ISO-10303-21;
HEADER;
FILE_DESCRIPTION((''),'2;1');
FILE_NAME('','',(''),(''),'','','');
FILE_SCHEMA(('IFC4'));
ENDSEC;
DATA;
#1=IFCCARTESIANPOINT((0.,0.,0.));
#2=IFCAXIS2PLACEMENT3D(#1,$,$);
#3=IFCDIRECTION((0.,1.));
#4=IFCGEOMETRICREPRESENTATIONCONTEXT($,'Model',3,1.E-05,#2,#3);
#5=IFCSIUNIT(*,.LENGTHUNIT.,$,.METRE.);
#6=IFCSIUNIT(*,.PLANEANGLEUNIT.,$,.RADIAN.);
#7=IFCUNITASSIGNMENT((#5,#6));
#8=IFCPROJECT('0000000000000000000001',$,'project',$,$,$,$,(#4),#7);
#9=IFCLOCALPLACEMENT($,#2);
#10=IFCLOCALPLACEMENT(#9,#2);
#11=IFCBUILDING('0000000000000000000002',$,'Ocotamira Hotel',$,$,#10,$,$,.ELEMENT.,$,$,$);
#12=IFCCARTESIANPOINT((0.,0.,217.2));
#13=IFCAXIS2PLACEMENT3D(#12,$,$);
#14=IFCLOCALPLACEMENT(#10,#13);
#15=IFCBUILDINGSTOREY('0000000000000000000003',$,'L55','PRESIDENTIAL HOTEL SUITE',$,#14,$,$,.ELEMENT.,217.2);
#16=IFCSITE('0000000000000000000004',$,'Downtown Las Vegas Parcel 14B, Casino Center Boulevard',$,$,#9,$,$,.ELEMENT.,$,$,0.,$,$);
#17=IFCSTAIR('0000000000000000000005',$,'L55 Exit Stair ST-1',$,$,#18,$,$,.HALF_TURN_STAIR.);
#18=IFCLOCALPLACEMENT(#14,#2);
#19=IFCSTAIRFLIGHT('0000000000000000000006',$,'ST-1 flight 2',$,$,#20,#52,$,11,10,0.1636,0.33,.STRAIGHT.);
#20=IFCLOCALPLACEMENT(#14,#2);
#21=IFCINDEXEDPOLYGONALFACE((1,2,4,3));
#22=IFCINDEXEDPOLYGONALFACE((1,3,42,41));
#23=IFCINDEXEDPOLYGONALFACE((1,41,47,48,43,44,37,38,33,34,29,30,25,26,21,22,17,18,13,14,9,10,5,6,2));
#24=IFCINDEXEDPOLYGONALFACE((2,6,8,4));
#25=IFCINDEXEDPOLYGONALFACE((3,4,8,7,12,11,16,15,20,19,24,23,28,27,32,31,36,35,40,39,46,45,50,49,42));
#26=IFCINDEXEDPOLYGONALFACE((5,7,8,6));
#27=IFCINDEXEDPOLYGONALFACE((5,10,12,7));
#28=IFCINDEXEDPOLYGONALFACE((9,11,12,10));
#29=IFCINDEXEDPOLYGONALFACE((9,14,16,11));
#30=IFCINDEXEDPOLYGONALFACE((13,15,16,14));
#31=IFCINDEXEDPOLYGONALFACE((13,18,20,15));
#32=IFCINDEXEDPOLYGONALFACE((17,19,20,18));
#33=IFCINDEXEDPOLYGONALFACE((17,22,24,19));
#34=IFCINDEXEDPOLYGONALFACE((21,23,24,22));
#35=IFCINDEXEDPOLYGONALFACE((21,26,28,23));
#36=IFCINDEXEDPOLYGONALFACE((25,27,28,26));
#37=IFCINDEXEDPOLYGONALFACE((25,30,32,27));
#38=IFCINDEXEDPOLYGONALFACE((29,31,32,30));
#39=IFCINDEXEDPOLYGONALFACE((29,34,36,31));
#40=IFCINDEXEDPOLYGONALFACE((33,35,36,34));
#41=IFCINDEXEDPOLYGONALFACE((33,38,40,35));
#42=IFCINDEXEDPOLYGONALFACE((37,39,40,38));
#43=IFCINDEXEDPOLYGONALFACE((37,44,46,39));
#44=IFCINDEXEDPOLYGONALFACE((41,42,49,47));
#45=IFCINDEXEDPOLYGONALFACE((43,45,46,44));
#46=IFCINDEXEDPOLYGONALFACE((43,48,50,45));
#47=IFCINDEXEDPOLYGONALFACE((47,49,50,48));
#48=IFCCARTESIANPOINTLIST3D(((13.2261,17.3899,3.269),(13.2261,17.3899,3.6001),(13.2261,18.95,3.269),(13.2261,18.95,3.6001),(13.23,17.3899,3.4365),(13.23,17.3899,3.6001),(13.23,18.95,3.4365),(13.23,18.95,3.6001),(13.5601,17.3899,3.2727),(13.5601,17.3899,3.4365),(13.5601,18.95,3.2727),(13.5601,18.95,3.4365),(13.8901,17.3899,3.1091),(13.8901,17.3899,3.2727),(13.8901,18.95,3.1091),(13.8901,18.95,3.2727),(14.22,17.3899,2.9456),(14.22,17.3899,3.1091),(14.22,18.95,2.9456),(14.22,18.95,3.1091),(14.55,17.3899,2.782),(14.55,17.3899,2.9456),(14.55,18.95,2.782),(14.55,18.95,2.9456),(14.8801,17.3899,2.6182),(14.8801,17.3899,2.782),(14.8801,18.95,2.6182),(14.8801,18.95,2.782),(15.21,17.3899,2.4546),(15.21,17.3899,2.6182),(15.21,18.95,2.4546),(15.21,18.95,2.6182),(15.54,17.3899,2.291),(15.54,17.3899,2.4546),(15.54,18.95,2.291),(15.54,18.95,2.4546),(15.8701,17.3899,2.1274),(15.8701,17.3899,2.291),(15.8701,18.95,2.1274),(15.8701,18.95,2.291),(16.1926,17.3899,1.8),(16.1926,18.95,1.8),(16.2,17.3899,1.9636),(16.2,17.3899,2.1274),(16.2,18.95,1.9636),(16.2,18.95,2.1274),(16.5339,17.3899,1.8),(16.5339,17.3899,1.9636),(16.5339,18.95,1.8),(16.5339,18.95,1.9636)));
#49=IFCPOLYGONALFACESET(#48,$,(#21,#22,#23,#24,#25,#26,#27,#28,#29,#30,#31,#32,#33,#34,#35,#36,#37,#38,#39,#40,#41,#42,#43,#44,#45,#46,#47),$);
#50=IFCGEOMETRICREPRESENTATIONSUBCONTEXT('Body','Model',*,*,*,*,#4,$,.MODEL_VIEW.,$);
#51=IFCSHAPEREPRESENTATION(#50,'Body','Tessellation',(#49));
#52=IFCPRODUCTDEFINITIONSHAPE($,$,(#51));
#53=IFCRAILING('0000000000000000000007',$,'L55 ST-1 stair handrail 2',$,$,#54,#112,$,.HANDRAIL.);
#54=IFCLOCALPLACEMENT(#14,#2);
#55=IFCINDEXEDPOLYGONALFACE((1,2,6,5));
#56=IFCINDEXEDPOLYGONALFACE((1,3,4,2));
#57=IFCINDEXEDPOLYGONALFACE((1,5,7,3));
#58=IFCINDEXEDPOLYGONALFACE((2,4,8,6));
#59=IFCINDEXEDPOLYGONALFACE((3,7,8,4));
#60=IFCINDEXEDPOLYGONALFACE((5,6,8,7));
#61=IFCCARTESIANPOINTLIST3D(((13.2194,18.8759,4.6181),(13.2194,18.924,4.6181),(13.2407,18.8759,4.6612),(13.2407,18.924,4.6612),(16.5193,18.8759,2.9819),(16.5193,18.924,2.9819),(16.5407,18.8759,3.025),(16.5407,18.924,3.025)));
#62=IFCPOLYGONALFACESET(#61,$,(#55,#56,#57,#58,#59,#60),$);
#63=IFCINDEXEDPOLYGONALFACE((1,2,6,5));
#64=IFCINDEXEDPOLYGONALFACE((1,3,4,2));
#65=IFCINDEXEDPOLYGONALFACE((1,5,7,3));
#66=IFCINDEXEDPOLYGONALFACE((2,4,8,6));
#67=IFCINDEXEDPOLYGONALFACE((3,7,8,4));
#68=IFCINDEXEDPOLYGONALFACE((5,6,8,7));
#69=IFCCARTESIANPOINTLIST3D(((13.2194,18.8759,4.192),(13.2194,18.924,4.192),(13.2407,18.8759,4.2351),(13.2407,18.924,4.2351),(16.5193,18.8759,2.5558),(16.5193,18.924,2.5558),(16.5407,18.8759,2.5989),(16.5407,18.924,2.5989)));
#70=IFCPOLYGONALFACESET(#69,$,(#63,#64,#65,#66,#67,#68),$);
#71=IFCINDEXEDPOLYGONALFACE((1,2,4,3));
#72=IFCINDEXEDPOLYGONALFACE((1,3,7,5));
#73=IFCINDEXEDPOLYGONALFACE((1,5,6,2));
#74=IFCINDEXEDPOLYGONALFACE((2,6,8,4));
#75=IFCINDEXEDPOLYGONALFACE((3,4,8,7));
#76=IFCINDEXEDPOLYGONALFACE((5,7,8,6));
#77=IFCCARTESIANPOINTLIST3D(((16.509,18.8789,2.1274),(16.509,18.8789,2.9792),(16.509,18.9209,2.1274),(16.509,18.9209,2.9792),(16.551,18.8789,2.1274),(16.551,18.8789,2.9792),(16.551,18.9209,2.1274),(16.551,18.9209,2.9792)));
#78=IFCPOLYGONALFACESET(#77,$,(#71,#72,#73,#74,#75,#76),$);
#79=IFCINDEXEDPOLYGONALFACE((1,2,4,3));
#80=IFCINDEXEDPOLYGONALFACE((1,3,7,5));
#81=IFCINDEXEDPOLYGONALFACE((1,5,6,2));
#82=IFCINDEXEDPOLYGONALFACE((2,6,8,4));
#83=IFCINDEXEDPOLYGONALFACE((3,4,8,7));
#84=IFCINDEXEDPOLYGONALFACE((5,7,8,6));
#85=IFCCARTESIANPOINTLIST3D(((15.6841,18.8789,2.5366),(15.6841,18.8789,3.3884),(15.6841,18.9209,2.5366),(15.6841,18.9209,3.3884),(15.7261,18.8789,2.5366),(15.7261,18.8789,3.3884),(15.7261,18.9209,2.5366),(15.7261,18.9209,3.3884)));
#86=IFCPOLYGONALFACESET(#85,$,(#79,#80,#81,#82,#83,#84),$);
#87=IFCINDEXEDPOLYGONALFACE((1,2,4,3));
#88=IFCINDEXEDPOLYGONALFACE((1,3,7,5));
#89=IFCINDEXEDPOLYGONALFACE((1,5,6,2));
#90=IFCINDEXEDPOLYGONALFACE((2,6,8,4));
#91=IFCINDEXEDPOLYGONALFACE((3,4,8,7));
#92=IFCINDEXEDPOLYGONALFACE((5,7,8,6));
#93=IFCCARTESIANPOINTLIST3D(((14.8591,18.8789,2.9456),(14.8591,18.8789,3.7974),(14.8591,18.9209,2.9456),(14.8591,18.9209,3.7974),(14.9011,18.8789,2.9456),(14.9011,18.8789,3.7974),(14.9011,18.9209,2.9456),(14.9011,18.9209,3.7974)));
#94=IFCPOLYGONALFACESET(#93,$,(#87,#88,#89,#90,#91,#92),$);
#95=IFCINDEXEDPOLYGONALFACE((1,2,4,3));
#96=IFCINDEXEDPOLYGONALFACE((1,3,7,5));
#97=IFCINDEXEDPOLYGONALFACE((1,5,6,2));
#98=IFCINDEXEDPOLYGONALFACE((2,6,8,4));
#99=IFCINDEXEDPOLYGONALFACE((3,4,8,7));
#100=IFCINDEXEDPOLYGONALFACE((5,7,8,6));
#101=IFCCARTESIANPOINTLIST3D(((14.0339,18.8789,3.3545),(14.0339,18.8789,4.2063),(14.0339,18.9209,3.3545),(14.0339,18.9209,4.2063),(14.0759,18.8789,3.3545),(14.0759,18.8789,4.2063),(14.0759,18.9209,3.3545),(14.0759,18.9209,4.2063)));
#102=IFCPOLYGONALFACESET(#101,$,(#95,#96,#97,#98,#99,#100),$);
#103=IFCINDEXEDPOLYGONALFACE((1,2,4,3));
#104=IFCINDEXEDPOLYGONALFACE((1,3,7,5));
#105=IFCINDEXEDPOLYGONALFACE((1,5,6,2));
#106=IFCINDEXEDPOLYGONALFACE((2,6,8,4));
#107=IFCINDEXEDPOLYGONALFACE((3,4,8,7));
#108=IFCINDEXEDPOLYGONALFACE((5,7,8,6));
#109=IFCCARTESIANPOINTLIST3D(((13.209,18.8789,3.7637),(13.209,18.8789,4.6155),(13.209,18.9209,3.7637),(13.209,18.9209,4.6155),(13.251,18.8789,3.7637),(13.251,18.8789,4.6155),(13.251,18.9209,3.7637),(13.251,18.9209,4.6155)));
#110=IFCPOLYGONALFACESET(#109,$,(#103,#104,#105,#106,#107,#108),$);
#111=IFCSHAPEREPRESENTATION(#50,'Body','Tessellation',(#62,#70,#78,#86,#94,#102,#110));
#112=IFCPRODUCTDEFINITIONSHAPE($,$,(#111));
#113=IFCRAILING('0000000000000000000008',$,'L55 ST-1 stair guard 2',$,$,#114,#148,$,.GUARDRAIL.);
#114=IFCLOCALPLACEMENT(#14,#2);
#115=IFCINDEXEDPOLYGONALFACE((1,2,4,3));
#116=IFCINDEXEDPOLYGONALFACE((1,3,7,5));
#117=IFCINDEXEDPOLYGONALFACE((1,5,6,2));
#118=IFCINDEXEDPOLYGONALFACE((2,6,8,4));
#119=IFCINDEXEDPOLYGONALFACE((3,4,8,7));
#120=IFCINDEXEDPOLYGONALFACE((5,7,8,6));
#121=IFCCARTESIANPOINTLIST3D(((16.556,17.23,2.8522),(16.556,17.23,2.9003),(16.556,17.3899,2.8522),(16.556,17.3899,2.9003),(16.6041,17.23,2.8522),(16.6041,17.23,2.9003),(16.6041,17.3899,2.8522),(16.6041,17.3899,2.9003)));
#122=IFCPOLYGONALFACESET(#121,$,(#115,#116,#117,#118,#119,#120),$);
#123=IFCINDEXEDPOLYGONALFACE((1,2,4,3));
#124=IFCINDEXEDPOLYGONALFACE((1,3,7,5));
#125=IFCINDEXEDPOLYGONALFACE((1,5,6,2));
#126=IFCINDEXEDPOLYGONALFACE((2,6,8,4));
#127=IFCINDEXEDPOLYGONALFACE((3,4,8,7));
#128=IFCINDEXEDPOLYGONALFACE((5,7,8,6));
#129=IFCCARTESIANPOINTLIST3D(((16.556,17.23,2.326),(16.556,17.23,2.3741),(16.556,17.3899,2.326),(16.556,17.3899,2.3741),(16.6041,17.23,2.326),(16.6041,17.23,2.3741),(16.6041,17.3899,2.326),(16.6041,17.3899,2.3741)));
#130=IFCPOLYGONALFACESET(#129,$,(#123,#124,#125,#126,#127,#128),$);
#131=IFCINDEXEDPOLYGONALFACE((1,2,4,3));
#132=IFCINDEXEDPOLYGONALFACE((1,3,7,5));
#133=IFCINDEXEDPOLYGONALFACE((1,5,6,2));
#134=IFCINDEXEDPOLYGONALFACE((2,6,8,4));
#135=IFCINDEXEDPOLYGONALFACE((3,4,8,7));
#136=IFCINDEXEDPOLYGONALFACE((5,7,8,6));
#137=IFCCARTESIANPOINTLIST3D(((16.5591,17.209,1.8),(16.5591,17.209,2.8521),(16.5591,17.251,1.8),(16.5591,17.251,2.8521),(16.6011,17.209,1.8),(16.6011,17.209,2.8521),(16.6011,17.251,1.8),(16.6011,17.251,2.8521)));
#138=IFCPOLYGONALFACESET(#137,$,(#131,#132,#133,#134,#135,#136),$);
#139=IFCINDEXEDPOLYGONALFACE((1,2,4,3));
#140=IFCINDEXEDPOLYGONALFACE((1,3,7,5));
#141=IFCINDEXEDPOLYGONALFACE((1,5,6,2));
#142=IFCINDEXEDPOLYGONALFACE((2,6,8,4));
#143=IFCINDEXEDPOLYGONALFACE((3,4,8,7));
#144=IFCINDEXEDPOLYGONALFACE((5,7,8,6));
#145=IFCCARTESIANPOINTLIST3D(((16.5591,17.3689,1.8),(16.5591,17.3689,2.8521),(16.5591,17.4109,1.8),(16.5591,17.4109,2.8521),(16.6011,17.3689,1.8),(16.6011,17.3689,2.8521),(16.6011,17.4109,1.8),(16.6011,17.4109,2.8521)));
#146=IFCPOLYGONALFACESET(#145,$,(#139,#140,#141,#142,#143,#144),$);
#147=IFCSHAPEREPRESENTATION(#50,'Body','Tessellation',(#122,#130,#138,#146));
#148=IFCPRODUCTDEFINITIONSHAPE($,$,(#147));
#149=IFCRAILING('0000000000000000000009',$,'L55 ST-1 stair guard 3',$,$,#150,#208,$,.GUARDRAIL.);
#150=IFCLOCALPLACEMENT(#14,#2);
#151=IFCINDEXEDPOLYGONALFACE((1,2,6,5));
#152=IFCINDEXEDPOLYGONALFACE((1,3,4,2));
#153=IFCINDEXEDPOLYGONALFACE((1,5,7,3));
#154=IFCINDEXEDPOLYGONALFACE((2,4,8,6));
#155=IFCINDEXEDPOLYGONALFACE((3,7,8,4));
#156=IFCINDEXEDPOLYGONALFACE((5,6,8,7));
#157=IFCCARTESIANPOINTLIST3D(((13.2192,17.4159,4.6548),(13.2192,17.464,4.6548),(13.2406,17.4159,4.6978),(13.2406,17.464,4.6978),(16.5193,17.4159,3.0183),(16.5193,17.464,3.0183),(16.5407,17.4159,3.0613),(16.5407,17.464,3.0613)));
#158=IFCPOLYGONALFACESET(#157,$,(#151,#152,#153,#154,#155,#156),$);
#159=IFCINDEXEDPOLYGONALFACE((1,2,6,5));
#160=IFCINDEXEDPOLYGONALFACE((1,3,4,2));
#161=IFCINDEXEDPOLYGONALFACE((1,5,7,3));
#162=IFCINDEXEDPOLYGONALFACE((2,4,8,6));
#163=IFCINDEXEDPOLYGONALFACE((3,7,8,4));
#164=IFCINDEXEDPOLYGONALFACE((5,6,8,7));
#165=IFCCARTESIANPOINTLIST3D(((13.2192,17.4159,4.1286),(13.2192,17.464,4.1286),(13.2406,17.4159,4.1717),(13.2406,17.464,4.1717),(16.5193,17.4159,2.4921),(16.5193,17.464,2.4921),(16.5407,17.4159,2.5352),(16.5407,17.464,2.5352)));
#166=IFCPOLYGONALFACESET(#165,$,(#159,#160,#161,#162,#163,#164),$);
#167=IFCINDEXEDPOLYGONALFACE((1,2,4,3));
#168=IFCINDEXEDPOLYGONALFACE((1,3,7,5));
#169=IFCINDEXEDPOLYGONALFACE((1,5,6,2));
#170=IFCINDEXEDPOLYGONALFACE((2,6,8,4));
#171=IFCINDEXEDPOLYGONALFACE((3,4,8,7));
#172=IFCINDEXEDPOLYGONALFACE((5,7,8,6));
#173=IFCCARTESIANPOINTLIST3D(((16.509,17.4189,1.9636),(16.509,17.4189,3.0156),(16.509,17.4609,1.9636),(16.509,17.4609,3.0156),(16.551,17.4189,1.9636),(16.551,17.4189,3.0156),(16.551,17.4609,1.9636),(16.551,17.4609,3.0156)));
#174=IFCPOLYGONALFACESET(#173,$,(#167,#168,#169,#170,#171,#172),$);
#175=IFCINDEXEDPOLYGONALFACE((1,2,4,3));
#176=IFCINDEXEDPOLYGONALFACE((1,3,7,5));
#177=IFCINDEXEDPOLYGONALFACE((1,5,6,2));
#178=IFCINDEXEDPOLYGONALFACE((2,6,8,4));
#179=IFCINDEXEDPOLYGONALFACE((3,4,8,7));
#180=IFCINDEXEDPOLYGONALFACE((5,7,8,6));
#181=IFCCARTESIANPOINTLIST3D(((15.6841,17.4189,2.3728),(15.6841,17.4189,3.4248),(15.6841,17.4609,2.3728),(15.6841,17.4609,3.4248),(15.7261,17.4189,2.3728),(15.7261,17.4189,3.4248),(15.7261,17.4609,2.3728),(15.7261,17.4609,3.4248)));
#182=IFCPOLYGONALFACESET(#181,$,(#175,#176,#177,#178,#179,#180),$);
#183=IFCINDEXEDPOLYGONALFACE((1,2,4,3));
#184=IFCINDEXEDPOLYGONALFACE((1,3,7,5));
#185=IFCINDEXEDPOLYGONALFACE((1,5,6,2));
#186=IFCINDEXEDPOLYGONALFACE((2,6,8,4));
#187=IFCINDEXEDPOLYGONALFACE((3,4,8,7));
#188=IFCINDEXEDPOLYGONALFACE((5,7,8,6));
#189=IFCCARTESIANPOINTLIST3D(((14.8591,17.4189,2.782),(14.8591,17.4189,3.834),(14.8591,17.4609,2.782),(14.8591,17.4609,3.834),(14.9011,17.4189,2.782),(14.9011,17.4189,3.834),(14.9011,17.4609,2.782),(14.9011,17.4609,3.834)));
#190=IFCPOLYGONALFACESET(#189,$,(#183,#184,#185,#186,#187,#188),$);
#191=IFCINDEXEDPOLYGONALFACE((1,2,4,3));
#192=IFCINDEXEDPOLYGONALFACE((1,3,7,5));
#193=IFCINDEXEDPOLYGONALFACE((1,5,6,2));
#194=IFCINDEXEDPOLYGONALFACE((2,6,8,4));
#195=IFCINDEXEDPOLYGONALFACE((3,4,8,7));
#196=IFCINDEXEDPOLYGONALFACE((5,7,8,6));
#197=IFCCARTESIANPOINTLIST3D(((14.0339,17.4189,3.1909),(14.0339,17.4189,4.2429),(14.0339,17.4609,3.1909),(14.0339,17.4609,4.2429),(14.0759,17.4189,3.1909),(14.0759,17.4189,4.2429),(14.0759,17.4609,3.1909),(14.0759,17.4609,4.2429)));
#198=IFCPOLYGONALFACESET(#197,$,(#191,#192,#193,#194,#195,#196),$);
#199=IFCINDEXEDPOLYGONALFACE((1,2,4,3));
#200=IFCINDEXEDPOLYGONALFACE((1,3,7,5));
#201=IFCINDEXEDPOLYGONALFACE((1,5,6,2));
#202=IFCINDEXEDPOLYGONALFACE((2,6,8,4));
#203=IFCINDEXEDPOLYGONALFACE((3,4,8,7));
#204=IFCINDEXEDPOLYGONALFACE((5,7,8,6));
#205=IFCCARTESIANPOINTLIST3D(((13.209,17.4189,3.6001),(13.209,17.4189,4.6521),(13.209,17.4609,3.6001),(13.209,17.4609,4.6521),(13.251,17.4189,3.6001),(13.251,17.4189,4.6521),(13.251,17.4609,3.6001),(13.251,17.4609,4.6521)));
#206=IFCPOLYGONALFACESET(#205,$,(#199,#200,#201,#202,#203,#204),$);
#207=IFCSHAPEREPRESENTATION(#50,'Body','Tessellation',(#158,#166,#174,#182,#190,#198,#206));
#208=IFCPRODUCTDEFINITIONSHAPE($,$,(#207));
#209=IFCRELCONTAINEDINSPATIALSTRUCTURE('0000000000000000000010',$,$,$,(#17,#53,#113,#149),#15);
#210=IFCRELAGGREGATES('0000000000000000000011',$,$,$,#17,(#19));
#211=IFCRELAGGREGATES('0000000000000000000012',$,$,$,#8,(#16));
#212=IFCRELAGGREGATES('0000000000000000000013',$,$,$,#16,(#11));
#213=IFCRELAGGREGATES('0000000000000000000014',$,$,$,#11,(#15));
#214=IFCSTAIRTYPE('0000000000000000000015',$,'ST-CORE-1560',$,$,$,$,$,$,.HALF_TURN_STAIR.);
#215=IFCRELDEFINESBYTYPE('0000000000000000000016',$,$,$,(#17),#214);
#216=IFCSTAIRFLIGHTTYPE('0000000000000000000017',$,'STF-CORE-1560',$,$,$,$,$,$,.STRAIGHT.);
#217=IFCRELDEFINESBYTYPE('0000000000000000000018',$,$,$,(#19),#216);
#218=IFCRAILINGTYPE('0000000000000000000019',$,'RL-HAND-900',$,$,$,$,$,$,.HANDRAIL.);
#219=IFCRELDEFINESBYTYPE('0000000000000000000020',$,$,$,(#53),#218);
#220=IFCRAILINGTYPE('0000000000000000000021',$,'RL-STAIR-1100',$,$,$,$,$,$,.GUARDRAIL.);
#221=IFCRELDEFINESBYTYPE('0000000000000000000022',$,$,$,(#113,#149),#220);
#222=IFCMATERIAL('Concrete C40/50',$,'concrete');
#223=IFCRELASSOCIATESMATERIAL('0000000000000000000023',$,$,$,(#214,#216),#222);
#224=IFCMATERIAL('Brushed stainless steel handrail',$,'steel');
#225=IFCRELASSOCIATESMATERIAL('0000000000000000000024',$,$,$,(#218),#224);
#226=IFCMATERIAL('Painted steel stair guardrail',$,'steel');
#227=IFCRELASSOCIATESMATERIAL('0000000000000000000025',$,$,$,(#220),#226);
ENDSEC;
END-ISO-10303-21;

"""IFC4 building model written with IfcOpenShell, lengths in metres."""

from ifc_helpers import new_model, si_unit, direction, frame, origin, origin_2d, place, context, subcontext, project, spatial, polyline, rectangle, outline, extrude, source, transform, mapped, material, type_object, element, aggregate, save


model = new_model("IFC4")

# Units and contexts
model_context = context("Model", 3, precision=1e-05, world=origin(), true_north=direction((0.0, 1.0)))
body_context = subcontext(model_context, "Body", "Model", "MODEL_VIEW")
ifc_project = project(units=[si_unit("LENGTHUNIT", "METRE"), si_unit("PLANEANGLEUNIT", "RADIAN")], contexts=[model_context])

# Site, building, storey
site_placement = place(None, origin())
site = spatial("IfcSite", under=ifc_project, at=site_placement, Name="Downtown Las Vegas Parcel 14B, Casino Center Boulevard", CompositionType="ELEMENT", RefElevation=0.0)
building_placement = place(site_placement, origin())
building = spatial("IfcBuilding", under=site, at=building_placement, Name="Ocotamira Hotel", CompositionType="ELEMENT")
storey_placement = place(building_placement, frame((0.0, 0.0, 217.2)))
storey = spatial("IfcBuildingStorey", under=building, at=storey_placement, Name="L55", Description="PRESIDENTIAL HOTEL SUITE", CompositionType="ELEMENT", Elevation=217.2)

# Stair, stair flight
ifc_material_1 = material(Name="Concrete C40/50", Category="concrete")
stair_type = type_object("IfcStairType", Name="ST-CORE-1560", PredefinedType="HALF_TURN_STAIR", material=ifc_material_1)
stair_placement = place(storey_placement, origin())
stair = element("IfcStair", 1, at=stair_placement, inside=storey, type_object=stair_type, Name="L55 Exit Stair ST-1", PredefinedType="HALF_TURN_STAIR")
stair_flight_type = type_object("IfcStairFlightType", Name="STF-CORE-1560", PredefinedType="STRAIGHT", material=ifc_material_1)
shared_shape_1 = source(origin(), body_context, "Body", "SweptSolid", [
    extrude(outline(polyline([(-0.0039, 0.0), (-0.0039, 0.1636), (0.3301, 0.1636), (0.3301, 0.3274), (0.6599, 0.3274), (0.6599, 0.491), (0.99, 0.491), (0.99, 0.6545), (1.3201, 0.6545), (1.3201, 0.8181), (1.6499, 0.8181), (1.6499, 0.9819), (1.98, 0.9819), (1.98, 1.1455), (2.3101, 1.1455), (2.3101, 1.3091), (2.6399, 1.3091), (2.6399, 1.4727), (2.97, 1.4727), (2.97, 1.6365), (3.3, 1.6365), (3.3, 1.8), (3.304, 1.8), (3.304, 1.469), (0.3374, 0.0), (-0.0039, 0.0)])), frame((0.0, 0.78, 0.0), z_axis=(0.0, -1.0, 0.0), x_axis=(1.0, 0.0, 0.0)), (0.0, 0.0, 1.0), 1.5601),
])
stair_flight_placement = place(storey_placement, frame((16.53, 18.1699, 1.8), z_axis=(0.0, 0.0, 1.0), x_axis=(-1.0, 0.0, 0.0)))
stair_flight = element("IfcStairFlight", 2, at=stair_flight_placement, type_object=stair_flight_type, Name="ST-1 flight 2", NumberOfRisers=11, NumberOfTreads=10, PredefinedType="STRAIGHT", RiserHeight=0.1636, TreadLength=0.33, context=body_context, shape_type="MappedRepresentation", body=[
    mapped(shared_shape_1, transform((0.0, 0.0, 0.0), scale=1.0)),
])
aggregate(stair, [stair_flight])

# Railings
ifc_material_2 = material(Name="Brushed stainless steel handrail", Category="steel")
railing_type_1 = type_object("IfcRailingType", Name="RL-HAND-900", PredefinedType="HANDRAIL", material=ifc_material_2)
railing_1_placement = place(storey_placement, frame((16.53, 18.8999, 2.1274)))
element("IfcRailing", 3, at=railing_1_placement, inside=storey, type_object=railing_type_1, Name="L55 ST-1 stair handrail 2", PredefinedType="HANDRAIL", context=body_context, shape_type="SweptSolid", body=[
    extrude(rectangle(XDim=0.0481, YDim=0.0481, at=origin_2d()), frame((0.0, 0.0, 0.876), z_axis=(-0.89592, 0.0, 0.444215), x_axis=(0.0, -1.0, 0.0)), (0.0, 0.0, 1.0), 3.6833),
    extrude(rectangle(XDim=0.0481, YDim=0.0481, at=origin_2d()), frame((0.0, 0.0, 0.45), z_axis=(-0.89592, 0.0, 0.444215), x_axis=(0.0, -1.0, 0.0)), (0.0, 0.0, 1.0), 3.6833),
    extrude(rectangle(XDim=0.042, YDim=0.042, at=origin_2d()), origin(), (0.0, 0.0, 1.0), 0.8518),
    extrude(rectangle(XDim=0.042, YDim=0.042, at=origin_2d()), frame((-0.825, 0.0, 0.4092)), (0.0, 0.0, 1.0), 0.8518),
    extrude(rectangle(XDim=0.042, YDim=0.042, at=origin_2d()), frame((-1.6499, 0.0, 0.8181)), (0.0, 0.0, 1.0), 0.8518),
    extrude(rectangle(XDim=0.042, YDim=0.042, at=origin_2d()), frame((-2.4751, 0.0, 1.2271)), (0.0, 0.0, 1.0), 0.8518),
    extrude(rectangle(XDim=0.042, YDim=0.042, at=origin_2d()), frame((-3.3, 0.0, 1.6362)), (0.0, 0.0, 1.0), 0.8518),
])
ifc_material_3 = material(Name="Painted steel stair guardrail", Category="steel")
railing_type_2 = type_object("IfcRailingType", Name="RL-STAIR-1100", PredefinedType="GUARDRAIL", material=ifc_material_3)
railing_2_placement = place(storey_placement, frame((16.5801, 17.23, 1.8)))
element("IfcRailing", 4, at=railing_2_placement, inside=storey, type_object=railing_type_2, Name="L55 ST-1 stair guard 2", PredefinedType="GUARDRAIL", context=body_context, shape_type="SweptSolid", body=[
    extrude(rectangle(XDim=0.0481, YDim=0.0481, at=origin_2d()), frame((0.0, 0.0, 1.0762), z_axis=(0.0, 1.0, 0.0), x_axis=(-1.0, 0.0, 0.0)), (0.0, 0.0, 1.0), 0.1599),
    extrude(rectangle(XDim=0.0481, YDim=0.0481, at=origin_2d()), frame((0.0, 0.0, 0.55), z_axis=(0.0, 1.0, 0.0), x_axis=(-1.0, 0.0, 0.0)), (0.0, 0.0, 1.0), 0.1599),
    extrude(rectangle(XDim=0.042, YDim=0.042, at=origin_2d()), origin(), (0.0, 0.0, 1.0), 1.052),
    extrude(rectangle(XDim=0.042, YDim=0.042, at=origin_2d()), frame((0.0, 0.1599, 0.0)), (0.0, 0.0, 1.0), 1.052),
])
railing_3_placement = place(storey_placement, frame((16.53, 17.4399, 1.9636)))
element("IfcRailing", 5, at=railing_3_placement, inside=storey, type_object=railing_type_2, Name="L55 ST-1 stair guard 3", PredefinedType="GUARDRAIL", context=body_context, shape_type="SweptSolid", body=[
    extrude(rectangle(XDim=0.0481, YDim=0.0481, at=origin_2d()), frame((0.0, 0.0, 1.0762), z_axis=(-0.895894, 0.0, 0.444268), x_axis=(0.0, -1.0, 0.0)), (0.0, 0.0, 1.0), 3.6836),
    extrude(rectangle(XDim=0.0481, YDim=0.0481, at=origin_2d()), frame((0.0, 0.0, 0.55), z_axis=(-0.895894, 0.0, 0.444268), x_axis=(0.0, -1.0, 0.0)), (0.0, 0.0, 1.0), 3.6836),
    extrude(rectangle(XDim=0.042, YDim=0.042, at=origin_2d()), origin(), (0.0, 0.0, 1.0), 1.052),
    extrude(rectangle(XDim=0.042, YDim=0.042, at=origin_2d()), frame((-0.825, 0.0, 0.4092)), (0.0, 0.0, 1.0), 1.052),
    extrude(rectangle(XDim=0.042, YDim=0.042, at=origin_2d()), frame((-1.6499, 0.0, 0.8184)), (0.0, 0.0, 1.0), 1.052),
    extrude(rectangle(XDim=0.042, YDim=0.042, at=origin_2d()), frame((-2.4751, 0.0, 1.2273)), (0.0, 0.0, 1.0), 1.052),
    extrude(rectangle(XDim=0.042, YDim=0.042, at=origin_2d()), frame((-3.3, 0.0, 1.6365)), (0.0, 0.0, 1.0), 1.052),
])

save(model, "model.ifc")
